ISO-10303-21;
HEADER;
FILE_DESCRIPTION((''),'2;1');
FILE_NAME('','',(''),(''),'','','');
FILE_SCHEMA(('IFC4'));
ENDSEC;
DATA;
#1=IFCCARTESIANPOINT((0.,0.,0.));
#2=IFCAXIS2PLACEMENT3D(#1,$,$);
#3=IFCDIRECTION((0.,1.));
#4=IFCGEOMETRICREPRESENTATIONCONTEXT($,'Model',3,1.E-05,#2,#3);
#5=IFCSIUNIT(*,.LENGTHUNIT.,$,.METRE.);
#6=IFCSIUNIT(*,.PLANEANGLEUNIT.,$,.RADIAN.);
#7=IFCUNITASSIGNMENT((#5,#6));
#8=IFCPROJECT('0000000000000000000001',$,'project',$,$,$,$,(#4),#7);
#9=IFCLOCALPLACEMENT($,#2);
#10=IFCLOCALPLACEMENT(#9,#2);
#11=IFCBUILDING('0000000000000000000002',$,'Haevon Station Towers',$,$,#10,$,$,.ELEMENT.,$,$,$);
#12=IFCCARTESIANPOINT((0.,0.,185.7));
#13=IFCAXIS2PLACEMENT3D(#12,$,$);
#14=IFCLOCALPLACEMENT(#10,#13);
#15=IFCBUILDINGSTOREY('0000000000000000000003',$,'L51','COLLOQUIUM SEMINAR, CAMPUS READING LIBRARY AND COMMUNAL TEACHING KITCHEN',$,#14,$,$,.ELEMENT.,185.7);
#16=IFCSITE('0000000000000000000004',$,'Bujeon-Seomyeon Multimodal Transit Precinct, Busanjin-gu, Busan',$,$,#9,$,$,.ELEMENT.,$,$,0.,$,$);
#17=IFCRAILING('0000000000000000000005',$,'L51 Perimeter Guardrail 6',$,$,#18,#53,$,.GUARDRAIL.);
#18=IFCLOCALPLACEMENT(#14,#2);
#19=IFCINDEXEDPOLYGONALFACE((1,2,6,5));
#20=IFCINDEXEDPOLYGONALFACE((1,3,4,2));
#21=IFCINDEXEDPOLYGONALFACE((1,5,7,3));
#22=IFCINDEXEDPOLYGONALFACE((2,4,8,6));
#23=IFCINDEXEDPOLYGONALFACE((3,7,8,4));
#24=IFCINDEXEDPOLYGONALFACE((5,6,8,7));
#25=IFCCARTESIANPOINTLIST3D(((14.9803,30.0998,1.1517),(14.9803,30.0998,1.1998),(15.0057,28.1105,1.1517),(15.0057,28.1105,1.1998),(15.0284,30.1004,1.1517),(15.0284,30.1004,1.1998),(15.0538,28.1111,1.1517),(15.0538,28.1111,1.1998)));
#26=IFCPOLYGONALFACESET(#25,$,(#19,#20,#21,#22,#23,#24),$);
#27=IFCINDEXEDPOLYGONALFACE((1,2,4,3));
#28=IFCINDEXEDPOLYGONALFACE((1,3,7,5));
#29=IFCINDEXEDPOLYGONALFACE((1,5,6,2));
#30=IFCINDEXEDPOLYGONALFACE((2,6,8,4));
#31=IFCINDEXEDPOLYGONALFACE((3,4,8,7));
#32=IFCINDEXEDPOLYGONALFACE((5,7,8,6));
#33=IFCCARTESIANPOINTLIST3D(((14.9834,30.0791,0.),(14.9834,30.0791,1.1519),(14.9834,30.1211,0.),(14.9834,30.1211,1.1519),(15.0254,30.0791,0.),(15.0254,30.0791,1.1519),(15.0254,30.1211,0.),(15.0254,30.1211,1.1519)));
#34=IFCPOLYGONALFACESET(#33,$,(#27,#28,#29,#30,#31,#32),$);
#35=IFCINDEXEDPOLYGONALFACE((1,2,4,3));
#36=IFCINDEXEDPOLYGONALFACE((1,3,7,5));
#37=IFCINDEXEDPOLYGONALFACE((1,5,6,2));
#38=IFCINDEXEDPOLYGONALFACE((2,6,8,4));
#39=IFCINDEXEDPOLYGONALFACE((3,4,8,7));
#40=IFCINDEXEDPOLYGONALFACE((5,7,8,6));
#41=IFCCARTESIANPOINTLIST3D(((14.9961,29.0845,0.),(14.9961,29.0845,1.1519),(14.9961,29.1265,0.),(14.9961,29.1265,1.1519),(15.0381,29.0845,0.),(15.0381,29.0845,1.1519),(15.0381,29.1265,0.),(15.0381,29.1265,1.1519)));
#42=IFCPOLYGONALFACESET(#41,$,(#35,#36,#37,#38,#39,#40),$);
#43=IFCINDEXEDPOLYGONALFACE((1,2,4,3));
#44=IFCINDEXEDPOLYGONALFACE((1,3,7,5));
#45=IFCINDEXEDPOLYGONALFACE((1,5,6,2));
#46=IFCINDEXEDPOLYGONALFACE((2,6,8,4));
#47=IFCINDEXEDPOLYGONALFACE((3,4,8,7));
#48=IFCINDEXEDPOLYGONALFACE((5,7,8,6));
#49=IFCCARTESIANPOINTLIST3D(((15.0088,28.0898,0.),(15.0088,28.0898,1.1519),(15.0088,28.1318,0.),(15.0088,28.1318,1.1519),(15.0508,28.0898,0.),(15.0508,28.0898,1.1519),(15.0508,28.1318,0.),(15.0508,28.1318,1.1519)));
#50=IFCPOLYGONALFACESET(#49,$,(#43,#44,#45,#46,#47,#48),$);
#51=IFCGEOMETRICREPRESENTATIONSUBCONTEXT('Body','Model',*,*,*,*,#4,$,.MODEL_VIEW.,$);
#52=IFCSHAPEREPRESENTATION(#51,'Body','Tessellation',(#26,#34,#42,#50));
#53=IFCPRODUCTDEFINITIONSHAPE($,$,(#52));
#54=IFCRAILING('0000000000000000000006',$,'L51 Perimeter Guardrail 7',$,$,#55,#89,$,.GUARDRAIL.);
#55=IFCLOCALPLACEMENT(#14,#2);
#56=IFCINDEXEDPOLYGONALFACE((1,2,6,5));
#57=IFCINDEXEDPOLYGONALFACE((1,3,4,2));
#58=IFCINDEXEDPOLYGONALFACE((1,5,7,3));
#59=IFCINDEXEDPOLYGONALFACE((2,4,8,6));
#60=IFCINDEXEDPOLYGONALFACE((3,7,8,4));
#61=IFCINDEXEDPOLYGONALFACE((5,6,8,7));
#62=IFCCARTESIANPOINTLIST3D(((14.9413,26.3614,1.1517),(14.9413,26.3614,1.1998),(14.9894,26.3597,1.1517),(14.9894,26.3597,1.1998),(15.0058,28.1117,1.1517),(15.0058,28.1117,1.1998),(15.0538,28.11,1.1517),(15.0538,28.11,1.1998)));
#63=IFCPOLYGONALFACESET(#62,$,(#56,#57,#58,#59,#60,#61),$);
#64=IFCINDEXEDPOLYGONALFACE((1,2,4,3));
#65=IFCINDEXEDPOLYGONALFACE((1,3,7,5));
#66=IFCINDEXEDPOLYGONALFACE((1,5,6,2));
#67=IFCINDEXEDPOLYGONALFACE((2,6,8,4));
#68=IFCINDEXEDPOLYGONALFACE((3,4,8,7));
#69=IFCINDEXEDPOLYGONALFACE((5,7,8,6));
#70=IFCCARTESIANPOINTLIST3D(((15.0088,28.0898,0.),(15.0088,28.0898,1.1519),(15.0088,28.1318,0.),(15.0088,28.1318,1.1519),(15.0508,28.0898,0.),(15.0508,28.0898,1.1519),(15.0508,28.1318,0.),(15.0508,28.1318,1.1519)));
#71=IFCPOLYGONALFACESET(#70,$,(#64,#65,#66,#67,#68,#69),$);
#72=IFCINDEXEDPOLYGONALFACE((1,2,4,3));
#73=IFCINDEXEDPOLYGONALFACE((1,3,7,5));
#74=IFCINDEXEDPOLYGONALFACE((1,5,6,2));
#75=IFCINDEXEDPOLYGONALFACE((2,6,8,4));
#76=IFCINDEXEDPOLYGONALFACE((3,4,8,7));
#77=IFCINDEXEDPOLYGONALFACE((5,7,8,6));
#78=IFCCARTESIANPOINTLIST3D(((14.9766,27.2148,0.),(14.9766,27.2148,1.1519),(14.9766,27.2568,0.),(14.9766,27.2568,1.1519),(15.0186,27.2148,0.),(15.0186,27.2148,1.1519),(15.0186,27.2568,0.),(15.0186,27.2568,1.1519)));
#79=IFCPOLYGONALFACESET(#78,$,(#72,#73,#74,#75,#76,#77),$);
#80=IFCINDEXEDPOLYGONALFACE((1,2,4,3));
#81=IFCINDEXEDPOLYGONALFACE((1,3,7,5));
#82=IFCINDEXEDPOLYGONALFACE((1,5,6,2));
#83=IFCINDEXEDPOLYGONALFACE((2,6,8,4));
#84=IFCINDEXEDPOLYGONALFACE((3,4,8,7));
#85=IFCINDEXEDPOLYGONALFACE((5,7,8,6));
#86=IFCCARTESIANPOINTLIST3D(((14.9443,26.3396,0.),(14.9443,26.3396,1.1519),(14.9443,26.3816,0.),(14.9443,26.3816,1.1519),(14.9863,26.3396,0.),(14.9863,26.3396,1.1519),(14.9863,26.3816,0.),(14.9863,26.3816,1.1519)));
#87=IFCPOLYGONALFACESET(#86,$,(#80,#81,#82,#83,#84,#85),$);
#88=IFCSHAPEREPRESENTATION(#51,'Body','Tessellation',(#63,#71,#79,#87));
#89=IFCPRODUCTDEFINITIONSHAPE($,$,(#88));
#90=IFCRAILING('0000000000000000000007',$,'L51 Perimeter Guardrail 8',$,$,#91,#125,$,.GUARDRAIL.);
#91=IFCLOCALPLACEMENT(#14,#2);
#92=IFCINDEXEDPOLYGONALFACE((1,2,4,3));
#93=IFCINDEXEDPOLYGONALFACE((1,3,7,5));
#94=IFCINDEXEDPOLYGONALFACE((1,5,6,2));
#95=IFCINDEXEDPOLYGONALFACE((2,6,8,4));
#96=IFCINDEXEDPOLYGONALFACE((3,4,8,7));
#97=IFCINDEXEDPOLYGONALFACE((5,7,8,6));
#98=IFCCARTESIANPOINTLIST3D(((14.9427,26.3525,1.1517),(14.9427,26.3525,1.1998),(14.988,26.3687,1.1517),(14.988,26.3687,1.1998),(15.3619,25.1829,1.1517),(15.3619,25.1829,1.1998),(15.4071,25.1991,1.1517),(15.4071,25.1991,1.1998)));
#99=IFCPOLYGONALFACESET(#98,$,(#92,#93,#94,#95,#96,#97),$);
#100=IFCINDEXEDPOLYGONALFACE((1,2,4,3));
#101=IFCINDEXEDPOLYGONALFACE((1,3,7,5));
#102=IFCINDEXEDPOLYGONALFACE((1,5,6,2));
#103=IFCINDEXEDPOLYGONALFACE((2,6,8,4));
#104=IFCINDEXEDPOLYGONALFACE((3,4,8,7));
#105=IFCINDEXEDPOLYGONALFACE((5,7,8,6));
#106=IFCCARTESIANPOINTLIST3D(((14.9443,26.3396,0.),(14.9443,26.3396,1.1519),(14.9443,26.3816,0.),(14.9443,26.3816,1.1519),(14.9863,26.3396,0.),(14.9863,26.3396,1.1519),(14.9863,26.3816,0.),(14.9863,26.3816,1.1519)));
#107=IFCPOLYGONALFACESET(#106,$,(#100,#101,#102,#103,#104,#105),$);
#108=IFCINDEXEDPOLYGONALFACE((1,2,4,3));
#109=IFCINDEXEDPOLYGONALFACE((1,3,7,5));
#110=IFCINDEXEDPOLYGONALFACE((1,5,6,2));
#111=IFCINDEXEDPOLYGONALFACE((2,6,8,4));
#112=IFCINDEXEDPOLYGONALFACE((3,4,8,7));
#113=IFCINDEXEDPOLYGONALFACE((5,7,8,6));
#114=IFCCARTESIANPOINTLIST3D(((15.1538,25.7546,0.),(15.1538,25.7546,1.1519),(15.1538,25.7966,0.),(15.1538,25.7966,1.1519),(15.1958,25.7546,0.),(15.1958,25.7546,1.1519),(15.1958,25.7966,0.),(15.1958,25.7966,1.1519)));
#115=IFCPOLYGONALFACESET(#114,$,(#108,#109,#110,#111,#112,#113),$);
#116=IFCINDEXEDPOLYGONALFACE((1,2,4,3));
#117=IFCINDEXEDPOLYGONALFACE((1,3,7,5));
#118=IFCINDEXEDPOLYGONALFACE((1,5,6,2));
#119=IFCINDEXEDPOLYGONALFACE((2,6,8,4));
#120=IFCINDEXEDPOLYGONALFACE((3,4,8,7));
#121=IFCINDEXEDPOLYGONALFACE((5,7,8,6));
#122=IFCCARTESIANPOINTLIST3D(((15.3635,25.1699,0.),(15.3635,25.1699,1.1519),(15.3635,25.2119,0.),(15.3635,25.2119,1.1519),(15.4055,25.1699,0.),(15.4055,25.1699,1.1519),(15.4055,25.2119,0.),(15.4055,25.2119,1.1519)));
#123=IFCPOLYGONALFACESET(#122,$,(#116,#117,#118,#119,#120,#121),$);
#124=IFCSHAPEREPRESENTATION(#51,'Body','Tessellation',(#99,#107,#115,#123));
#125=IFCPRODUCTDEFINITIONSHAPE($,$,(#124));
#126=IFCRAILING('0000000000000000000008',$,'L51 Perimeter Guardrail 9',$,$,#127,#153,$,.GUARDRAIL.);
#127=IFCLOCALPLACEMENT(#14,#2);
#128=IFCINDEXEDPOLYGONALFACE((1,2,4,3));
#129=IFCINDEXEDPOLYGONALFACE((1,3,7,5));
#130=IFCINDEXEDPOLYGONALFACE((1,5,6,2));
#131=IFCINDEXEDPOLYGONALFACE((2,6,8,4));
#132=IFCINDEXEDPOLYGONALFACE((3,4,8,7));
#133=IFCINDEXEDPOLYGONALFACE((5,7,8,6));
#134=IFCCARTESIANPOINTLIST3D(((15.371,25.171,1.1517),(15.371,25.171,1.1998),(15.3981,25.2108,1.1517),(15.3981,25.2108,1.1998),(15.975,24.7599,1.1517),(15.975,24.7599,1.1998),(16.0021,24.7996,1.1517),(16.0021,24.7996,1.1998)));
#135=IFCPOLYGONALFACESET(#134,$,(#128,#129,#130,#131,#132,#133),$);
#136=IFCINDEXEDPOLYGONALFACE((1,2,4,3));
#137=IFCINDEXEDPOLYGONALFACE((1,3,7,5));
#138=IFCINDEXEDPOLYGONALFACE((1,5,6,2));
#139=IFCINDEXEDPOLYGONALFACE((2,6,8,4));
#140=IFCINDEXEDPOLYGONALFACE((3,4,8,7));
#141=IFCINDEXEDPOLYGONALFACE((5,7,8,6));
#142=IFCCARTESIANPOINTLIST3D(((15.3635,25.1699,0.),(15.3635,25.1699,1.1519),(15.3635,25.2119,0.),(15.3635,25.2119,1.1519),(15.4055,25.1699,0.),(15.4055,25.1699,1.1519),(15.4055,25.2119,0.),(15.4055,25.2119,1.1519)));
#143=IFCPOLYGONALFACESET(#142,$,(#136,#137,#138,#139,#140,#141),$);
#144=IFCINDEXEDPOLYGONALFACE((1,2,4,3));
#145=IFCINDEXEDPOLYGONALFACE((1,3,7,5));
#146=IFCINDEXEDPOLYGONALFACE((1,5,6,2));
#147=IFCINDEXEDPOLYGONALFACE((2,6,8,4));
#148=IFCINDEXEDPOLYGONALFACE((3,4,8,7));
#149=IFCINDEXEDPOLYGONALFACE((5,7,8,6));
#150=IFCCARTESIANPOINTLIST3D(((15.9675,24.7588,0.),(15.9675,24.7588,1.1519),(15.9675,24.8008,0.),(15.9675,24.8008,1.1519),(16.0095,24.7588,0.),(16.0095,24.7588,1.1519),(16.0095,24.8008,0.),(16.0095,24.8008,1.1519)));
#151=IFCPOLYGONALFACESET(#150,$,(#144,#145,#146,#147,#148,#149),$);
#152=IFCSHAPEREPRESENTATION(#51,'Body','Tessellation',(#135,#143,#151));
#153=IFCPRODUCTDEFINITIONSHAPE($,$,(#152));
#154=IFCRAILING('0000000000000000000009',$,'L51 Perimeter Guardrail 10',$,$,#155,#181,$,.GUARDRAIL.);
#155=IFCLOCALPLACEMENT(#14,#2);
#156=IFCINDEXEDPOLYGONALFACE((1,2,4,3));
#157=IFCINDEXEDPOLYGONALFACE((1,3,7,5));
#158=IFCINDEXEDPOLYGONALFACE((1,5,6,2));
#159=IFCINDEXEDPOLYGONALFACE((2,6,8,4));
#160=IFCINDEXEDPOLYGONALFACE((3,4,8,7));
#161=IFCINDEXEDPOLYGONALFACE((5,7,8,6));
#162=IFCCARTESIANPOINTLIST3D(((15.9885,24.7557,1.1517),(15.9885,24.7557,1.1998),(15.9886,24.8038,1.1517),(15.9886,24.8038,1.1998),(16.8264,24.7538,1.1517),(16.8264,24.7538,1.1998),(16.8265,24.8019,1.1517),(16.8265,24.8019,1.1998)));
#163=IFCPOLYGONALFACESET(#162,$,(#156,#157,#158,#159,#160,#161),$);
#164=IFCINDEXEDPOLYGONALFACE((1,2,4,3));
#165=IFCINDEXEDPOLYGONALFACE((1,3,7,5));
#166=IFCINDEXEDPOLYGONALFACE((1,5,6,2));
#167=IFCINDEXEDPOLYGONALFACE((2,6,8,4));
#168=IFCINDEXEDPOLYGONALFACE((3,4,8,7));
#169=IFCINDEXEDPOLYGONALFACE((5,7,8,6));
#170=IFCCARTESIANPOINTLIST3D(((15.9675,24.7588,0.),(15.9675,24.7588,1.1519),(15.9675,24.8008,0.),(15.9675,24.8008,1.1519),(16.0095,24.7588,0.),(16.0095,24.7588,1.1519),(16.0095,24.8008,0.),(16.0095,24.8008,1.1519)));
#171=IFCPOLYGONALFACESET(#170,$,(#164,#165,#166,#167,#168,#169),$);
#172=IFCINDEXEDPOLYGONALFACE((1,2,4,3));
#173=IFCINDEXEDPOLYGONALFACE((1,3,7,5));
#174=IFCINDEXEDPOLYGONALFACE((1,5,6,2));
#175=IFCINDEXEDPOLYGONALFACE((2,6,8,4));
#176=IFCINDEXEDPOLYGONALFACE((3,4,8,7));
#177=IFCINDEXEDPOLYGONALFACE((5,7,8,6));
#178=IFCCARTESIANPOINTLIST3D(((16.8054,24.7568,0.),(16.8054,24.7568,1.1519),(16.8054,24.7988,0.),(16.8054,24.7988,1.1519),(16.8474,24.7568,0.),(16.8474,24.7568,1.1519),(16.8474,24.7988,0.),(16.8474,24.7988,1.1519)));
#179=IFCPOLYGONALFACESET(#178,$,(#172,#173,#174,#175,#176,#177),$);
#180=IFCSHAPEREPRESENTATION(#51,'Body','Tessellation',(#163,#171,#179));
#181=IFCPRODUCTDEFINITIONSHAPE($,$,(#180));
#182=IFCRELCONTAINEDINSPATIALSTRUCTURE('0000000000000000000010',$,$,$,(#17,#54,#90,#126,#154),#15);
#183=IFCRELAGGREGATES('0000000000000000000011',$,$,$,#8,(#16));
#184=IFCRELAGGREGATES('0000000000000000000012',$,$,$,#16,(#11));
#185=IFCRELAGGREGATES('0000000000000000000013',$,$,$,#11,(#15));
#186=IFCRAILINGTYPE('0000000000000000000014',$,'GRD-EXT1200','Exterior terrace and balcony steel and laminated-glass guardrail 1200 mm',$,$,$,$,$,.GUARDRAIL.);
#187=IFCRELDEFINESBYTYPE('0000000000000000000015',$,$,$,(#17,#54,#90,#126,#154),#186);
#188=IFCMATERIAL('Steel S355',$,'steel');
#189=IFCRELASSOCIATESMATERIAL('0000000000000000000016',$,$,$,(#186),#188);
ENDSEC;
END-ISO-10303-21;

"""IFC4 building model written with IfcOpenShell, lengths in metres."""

from ifc_helpers import new_model, si_unit, direction, frame, origin, origin_2d, place, context, subcontext, project, spatial, rectangle, extrude, material, type_object, element, save


model = new_model("IFC4")

# Units and contexts
model_context = context("Model", 3, precision=1e-05, world=origin(), true_north=direction((0.0, 1.0)))
body_context = subcontext(model_context, "Body", "Model", "MODEL_VIEW")
ifc_project = project(units=[si_unit("LENGTHUNIT", "METRE"), si_unit("PLANEANGLEUNIT", "RADIAN")], contexts=[model_context])

# Site, building, storey
site_placement = place(None, origin())
site = spatial("IfcSite", under=ifc_project, at=site_placement, Name="Bujeon-Seomyeon Multimodal Transit Precinct, Busanjin-gu, Busan", CompositionType="ELEMENT", RefElevation=0.0)
building_placement = place(site_placement, origin())
building = spatial("IfcBuilding", under=site, at=building_placement, Name="Haevon Station Towers", CompositionType="ELEMENT")
storey_placement = place(building_placement, frame((0.0, 0.0, 185.7)))
storey = spatial("IfcBuildingStorey", under=building, at=storey_placement, Name="L51", Description="COLLOQUIUM SEMINAR, CAMPUS READING LIBRARY AND COMMUNAL TEACHING KITCHEN", CompositionType="ELEMENT", Elevation=185.7)

# Shared definitions
ifc_material_1 = material(Name="Steel S355", Category="steel")

# Railings
railing_type = type_object("IfcRailingType", Name="GRD-EXT1200", Description="Exterior terrace and balcony steel and laminated-glass guardrail 1200 mm", PredefinedType="GUARDRAIL", material=ifc_material_1)
railing_1_placement = place(storey_placement, frame((15.0044, 30.1001, 0.0)))
element("IfcRailing", 1, at=railing_1_placement, inside=storey, type_object=railing_type, Name="L51 Perimeter Guardrail 6", PredefinedType="GUARDRAIL", context=body_context, shape_type="SweptSolid", body=[
    extrude(rectangle(XDim=0.0481, YDim=0.0481, at=origin_2d()), frame((0.0, 0.0, 1.1758), z_axis=(0.012763, -0.999919, 0.0), x_axis=(0.999919, 0.012763, 0.0)), (0.0, 0.0, 1.0), 1.9895),
    extrude(rectangle(XDim=0.042, YDim=0.042, at=origin_2d()), origin(), (0.0, 0.0, 1.0), 1.1519),
    extrude(rectangle(XDim=0.042, YDim=0.042, at=origin_2d()), frame((0.0127, -0.9946, 0.0)), (0.0, 0.0, 1.0), 1.1519),
    extrude(rectangle(XDim=0.042, YDim=0.042, at=origin_2d()), frame((0.0254, -1.9893, 0.0)), (0.0, 0.0, 1.0), 1.1519),
])
railing_2_placement = place(storey_placement, frame((15.0298, 28.1108, 0.0)))
element("IfcRailing", 2, at=railing_2_placement, inside=storey, type_object=railing_type, Name="L51 Perimeter Guardrail 7", PredefinedType="GUARDRAIL", context=body_context, shape_type="SweptSolid", body=[
    extrude(rectangle(XDim=0.0481, YDim=0.0481, at=origin_2d()), frame((0.0, 0.0, 1.1758), z_axis=(-0.0368, -0.999323, 0.0), x_axis=(0.999323, -0.0368, 0.0)), (0.0, 0.0, 1.0), 1.7515),
    extrude(rectangle(XDim=0.042, YDim=0.042, at=origin_2d()), origin(), (0.0, 0.0, 1.0), 1.1519),
    extrude(rectangle(XDim=0.042, YDim=0.042, at=origin_2d()), frame((-0.0322, -0.875, 0.0)), (0.0, 0.0, 1.0), 1.1519),
    extrude(rectangle(XDim=0.042, YDim=0.042, at=origin_2d()), frame((-0.0645, -1.7502, 0.0)), (0.0, 0.0, 1.0), 1.1519),
])
railing_3_placement = place(storey_placement, frame((14.9653, 26.3606, 0.0)))
element("IfcRailing", 3, at=railing_3_placement, inside=storey, type_object=railing_type, Name="L51 Perimeter Guardrail 8", PredefinedType="GUARDRAIL", context=body_context, shape_type="SweptSolid", body=[
    extrude(rectangle(XDim=0.0481, YDim=0.0481, at=origin_2d()), frame((0.0, 0.0, 1.1758), z_axis=(0.337369, -0.941372, 0.0), x_axis=(0.941372, 0.337369, 0.0)), (0.0, 0.0, 1.0), 1.2424),
    extrude(rectangle(XDim=0.042, YDim=0.042, at=origin_2d()), origin(), (0.0, 0.0, 1.0), 1.1519),
    extrude(rectangle(XDim=0.042, YDim=0.042, at=origin_2d()), frame((0.2095, -0.585, 0.0)), (0.0, 0.0, 1.0), 1.1519),
    extrude(rectangle(XDim=0.042, YDim=0.042, at=origin_2d()), frame((0.4192, -1.1697, 0.0)), (0.0, 0.0, 1.0), 1.1519),
])
railing_4_placement = place(storey_placement, frame((15.3845, 25.1909, 0.0)))
element("IfcRailing", 4, at=railing_4_placement, inside=storey, type_object=railing_type, Name="L51 Perimeter Guardrail 9", PredefinedType="GUARDRAIL", context=body_context, shape_type="SweptSolid", body=[
    extrude(rectangle(XDim=0.0481, YDim=0.0481, at=origin_2d()), frame((0.0, 0.0, 1.1758), z_axis=(0.826665, -0.562694, 0.0), x_axis=(0.562694, 0.826665, 0.0)), (0.0, 0.0, 1.0), 0.7307),
    extrude(rectangle(XDim=0.042, YDim=0.042, at=origin_2d()), origin(), (0.0, 0.0, 1.0), 1.1519),
    extrude(rectangle(XDim=0.042, YDim=0.042, at=origin_2d()), frame((0.604, -0.4111, 0.0)), (0.0, 0.0, 1.0), 1.1519),
])
railing_5_placement = place(storey_placement, frame((15.9885, 24.7798, 0.0)))
element("IfcRailing", 5, at=railing_5_placement, inside=storey, type_object=railing_type, Name="L51 Perimeter Guardrail 10", PredefinedType="GUARDRAIL", context=body_context, shape_type="SweptSolid", body=[
    extrude(rectangle(XDim=0.0481, YDim=0.0481, at=origin_2d()), frame((0.0, 0.0, 1.1758), z_axis=(0.999997, -0.002331, 0.0), x_axis=(0.002331, 0.999997, 0.0)), (0.0, 0.0, 1.0), 0.8379),
    extrude(rectangle(XDim=0.042, YDim=0.042, at=origin_2d()), origin(), (0.0, 0.0, 1.0), 1.1519),
    extrude(rectangle(XDim=0.042, YDim=0.042, at=origin_2d()), frame((0.8379, -0.002, 0.0)), (0.0, 0.0, 1.0), 1.1519),
])

save(model, "model.ifc")
